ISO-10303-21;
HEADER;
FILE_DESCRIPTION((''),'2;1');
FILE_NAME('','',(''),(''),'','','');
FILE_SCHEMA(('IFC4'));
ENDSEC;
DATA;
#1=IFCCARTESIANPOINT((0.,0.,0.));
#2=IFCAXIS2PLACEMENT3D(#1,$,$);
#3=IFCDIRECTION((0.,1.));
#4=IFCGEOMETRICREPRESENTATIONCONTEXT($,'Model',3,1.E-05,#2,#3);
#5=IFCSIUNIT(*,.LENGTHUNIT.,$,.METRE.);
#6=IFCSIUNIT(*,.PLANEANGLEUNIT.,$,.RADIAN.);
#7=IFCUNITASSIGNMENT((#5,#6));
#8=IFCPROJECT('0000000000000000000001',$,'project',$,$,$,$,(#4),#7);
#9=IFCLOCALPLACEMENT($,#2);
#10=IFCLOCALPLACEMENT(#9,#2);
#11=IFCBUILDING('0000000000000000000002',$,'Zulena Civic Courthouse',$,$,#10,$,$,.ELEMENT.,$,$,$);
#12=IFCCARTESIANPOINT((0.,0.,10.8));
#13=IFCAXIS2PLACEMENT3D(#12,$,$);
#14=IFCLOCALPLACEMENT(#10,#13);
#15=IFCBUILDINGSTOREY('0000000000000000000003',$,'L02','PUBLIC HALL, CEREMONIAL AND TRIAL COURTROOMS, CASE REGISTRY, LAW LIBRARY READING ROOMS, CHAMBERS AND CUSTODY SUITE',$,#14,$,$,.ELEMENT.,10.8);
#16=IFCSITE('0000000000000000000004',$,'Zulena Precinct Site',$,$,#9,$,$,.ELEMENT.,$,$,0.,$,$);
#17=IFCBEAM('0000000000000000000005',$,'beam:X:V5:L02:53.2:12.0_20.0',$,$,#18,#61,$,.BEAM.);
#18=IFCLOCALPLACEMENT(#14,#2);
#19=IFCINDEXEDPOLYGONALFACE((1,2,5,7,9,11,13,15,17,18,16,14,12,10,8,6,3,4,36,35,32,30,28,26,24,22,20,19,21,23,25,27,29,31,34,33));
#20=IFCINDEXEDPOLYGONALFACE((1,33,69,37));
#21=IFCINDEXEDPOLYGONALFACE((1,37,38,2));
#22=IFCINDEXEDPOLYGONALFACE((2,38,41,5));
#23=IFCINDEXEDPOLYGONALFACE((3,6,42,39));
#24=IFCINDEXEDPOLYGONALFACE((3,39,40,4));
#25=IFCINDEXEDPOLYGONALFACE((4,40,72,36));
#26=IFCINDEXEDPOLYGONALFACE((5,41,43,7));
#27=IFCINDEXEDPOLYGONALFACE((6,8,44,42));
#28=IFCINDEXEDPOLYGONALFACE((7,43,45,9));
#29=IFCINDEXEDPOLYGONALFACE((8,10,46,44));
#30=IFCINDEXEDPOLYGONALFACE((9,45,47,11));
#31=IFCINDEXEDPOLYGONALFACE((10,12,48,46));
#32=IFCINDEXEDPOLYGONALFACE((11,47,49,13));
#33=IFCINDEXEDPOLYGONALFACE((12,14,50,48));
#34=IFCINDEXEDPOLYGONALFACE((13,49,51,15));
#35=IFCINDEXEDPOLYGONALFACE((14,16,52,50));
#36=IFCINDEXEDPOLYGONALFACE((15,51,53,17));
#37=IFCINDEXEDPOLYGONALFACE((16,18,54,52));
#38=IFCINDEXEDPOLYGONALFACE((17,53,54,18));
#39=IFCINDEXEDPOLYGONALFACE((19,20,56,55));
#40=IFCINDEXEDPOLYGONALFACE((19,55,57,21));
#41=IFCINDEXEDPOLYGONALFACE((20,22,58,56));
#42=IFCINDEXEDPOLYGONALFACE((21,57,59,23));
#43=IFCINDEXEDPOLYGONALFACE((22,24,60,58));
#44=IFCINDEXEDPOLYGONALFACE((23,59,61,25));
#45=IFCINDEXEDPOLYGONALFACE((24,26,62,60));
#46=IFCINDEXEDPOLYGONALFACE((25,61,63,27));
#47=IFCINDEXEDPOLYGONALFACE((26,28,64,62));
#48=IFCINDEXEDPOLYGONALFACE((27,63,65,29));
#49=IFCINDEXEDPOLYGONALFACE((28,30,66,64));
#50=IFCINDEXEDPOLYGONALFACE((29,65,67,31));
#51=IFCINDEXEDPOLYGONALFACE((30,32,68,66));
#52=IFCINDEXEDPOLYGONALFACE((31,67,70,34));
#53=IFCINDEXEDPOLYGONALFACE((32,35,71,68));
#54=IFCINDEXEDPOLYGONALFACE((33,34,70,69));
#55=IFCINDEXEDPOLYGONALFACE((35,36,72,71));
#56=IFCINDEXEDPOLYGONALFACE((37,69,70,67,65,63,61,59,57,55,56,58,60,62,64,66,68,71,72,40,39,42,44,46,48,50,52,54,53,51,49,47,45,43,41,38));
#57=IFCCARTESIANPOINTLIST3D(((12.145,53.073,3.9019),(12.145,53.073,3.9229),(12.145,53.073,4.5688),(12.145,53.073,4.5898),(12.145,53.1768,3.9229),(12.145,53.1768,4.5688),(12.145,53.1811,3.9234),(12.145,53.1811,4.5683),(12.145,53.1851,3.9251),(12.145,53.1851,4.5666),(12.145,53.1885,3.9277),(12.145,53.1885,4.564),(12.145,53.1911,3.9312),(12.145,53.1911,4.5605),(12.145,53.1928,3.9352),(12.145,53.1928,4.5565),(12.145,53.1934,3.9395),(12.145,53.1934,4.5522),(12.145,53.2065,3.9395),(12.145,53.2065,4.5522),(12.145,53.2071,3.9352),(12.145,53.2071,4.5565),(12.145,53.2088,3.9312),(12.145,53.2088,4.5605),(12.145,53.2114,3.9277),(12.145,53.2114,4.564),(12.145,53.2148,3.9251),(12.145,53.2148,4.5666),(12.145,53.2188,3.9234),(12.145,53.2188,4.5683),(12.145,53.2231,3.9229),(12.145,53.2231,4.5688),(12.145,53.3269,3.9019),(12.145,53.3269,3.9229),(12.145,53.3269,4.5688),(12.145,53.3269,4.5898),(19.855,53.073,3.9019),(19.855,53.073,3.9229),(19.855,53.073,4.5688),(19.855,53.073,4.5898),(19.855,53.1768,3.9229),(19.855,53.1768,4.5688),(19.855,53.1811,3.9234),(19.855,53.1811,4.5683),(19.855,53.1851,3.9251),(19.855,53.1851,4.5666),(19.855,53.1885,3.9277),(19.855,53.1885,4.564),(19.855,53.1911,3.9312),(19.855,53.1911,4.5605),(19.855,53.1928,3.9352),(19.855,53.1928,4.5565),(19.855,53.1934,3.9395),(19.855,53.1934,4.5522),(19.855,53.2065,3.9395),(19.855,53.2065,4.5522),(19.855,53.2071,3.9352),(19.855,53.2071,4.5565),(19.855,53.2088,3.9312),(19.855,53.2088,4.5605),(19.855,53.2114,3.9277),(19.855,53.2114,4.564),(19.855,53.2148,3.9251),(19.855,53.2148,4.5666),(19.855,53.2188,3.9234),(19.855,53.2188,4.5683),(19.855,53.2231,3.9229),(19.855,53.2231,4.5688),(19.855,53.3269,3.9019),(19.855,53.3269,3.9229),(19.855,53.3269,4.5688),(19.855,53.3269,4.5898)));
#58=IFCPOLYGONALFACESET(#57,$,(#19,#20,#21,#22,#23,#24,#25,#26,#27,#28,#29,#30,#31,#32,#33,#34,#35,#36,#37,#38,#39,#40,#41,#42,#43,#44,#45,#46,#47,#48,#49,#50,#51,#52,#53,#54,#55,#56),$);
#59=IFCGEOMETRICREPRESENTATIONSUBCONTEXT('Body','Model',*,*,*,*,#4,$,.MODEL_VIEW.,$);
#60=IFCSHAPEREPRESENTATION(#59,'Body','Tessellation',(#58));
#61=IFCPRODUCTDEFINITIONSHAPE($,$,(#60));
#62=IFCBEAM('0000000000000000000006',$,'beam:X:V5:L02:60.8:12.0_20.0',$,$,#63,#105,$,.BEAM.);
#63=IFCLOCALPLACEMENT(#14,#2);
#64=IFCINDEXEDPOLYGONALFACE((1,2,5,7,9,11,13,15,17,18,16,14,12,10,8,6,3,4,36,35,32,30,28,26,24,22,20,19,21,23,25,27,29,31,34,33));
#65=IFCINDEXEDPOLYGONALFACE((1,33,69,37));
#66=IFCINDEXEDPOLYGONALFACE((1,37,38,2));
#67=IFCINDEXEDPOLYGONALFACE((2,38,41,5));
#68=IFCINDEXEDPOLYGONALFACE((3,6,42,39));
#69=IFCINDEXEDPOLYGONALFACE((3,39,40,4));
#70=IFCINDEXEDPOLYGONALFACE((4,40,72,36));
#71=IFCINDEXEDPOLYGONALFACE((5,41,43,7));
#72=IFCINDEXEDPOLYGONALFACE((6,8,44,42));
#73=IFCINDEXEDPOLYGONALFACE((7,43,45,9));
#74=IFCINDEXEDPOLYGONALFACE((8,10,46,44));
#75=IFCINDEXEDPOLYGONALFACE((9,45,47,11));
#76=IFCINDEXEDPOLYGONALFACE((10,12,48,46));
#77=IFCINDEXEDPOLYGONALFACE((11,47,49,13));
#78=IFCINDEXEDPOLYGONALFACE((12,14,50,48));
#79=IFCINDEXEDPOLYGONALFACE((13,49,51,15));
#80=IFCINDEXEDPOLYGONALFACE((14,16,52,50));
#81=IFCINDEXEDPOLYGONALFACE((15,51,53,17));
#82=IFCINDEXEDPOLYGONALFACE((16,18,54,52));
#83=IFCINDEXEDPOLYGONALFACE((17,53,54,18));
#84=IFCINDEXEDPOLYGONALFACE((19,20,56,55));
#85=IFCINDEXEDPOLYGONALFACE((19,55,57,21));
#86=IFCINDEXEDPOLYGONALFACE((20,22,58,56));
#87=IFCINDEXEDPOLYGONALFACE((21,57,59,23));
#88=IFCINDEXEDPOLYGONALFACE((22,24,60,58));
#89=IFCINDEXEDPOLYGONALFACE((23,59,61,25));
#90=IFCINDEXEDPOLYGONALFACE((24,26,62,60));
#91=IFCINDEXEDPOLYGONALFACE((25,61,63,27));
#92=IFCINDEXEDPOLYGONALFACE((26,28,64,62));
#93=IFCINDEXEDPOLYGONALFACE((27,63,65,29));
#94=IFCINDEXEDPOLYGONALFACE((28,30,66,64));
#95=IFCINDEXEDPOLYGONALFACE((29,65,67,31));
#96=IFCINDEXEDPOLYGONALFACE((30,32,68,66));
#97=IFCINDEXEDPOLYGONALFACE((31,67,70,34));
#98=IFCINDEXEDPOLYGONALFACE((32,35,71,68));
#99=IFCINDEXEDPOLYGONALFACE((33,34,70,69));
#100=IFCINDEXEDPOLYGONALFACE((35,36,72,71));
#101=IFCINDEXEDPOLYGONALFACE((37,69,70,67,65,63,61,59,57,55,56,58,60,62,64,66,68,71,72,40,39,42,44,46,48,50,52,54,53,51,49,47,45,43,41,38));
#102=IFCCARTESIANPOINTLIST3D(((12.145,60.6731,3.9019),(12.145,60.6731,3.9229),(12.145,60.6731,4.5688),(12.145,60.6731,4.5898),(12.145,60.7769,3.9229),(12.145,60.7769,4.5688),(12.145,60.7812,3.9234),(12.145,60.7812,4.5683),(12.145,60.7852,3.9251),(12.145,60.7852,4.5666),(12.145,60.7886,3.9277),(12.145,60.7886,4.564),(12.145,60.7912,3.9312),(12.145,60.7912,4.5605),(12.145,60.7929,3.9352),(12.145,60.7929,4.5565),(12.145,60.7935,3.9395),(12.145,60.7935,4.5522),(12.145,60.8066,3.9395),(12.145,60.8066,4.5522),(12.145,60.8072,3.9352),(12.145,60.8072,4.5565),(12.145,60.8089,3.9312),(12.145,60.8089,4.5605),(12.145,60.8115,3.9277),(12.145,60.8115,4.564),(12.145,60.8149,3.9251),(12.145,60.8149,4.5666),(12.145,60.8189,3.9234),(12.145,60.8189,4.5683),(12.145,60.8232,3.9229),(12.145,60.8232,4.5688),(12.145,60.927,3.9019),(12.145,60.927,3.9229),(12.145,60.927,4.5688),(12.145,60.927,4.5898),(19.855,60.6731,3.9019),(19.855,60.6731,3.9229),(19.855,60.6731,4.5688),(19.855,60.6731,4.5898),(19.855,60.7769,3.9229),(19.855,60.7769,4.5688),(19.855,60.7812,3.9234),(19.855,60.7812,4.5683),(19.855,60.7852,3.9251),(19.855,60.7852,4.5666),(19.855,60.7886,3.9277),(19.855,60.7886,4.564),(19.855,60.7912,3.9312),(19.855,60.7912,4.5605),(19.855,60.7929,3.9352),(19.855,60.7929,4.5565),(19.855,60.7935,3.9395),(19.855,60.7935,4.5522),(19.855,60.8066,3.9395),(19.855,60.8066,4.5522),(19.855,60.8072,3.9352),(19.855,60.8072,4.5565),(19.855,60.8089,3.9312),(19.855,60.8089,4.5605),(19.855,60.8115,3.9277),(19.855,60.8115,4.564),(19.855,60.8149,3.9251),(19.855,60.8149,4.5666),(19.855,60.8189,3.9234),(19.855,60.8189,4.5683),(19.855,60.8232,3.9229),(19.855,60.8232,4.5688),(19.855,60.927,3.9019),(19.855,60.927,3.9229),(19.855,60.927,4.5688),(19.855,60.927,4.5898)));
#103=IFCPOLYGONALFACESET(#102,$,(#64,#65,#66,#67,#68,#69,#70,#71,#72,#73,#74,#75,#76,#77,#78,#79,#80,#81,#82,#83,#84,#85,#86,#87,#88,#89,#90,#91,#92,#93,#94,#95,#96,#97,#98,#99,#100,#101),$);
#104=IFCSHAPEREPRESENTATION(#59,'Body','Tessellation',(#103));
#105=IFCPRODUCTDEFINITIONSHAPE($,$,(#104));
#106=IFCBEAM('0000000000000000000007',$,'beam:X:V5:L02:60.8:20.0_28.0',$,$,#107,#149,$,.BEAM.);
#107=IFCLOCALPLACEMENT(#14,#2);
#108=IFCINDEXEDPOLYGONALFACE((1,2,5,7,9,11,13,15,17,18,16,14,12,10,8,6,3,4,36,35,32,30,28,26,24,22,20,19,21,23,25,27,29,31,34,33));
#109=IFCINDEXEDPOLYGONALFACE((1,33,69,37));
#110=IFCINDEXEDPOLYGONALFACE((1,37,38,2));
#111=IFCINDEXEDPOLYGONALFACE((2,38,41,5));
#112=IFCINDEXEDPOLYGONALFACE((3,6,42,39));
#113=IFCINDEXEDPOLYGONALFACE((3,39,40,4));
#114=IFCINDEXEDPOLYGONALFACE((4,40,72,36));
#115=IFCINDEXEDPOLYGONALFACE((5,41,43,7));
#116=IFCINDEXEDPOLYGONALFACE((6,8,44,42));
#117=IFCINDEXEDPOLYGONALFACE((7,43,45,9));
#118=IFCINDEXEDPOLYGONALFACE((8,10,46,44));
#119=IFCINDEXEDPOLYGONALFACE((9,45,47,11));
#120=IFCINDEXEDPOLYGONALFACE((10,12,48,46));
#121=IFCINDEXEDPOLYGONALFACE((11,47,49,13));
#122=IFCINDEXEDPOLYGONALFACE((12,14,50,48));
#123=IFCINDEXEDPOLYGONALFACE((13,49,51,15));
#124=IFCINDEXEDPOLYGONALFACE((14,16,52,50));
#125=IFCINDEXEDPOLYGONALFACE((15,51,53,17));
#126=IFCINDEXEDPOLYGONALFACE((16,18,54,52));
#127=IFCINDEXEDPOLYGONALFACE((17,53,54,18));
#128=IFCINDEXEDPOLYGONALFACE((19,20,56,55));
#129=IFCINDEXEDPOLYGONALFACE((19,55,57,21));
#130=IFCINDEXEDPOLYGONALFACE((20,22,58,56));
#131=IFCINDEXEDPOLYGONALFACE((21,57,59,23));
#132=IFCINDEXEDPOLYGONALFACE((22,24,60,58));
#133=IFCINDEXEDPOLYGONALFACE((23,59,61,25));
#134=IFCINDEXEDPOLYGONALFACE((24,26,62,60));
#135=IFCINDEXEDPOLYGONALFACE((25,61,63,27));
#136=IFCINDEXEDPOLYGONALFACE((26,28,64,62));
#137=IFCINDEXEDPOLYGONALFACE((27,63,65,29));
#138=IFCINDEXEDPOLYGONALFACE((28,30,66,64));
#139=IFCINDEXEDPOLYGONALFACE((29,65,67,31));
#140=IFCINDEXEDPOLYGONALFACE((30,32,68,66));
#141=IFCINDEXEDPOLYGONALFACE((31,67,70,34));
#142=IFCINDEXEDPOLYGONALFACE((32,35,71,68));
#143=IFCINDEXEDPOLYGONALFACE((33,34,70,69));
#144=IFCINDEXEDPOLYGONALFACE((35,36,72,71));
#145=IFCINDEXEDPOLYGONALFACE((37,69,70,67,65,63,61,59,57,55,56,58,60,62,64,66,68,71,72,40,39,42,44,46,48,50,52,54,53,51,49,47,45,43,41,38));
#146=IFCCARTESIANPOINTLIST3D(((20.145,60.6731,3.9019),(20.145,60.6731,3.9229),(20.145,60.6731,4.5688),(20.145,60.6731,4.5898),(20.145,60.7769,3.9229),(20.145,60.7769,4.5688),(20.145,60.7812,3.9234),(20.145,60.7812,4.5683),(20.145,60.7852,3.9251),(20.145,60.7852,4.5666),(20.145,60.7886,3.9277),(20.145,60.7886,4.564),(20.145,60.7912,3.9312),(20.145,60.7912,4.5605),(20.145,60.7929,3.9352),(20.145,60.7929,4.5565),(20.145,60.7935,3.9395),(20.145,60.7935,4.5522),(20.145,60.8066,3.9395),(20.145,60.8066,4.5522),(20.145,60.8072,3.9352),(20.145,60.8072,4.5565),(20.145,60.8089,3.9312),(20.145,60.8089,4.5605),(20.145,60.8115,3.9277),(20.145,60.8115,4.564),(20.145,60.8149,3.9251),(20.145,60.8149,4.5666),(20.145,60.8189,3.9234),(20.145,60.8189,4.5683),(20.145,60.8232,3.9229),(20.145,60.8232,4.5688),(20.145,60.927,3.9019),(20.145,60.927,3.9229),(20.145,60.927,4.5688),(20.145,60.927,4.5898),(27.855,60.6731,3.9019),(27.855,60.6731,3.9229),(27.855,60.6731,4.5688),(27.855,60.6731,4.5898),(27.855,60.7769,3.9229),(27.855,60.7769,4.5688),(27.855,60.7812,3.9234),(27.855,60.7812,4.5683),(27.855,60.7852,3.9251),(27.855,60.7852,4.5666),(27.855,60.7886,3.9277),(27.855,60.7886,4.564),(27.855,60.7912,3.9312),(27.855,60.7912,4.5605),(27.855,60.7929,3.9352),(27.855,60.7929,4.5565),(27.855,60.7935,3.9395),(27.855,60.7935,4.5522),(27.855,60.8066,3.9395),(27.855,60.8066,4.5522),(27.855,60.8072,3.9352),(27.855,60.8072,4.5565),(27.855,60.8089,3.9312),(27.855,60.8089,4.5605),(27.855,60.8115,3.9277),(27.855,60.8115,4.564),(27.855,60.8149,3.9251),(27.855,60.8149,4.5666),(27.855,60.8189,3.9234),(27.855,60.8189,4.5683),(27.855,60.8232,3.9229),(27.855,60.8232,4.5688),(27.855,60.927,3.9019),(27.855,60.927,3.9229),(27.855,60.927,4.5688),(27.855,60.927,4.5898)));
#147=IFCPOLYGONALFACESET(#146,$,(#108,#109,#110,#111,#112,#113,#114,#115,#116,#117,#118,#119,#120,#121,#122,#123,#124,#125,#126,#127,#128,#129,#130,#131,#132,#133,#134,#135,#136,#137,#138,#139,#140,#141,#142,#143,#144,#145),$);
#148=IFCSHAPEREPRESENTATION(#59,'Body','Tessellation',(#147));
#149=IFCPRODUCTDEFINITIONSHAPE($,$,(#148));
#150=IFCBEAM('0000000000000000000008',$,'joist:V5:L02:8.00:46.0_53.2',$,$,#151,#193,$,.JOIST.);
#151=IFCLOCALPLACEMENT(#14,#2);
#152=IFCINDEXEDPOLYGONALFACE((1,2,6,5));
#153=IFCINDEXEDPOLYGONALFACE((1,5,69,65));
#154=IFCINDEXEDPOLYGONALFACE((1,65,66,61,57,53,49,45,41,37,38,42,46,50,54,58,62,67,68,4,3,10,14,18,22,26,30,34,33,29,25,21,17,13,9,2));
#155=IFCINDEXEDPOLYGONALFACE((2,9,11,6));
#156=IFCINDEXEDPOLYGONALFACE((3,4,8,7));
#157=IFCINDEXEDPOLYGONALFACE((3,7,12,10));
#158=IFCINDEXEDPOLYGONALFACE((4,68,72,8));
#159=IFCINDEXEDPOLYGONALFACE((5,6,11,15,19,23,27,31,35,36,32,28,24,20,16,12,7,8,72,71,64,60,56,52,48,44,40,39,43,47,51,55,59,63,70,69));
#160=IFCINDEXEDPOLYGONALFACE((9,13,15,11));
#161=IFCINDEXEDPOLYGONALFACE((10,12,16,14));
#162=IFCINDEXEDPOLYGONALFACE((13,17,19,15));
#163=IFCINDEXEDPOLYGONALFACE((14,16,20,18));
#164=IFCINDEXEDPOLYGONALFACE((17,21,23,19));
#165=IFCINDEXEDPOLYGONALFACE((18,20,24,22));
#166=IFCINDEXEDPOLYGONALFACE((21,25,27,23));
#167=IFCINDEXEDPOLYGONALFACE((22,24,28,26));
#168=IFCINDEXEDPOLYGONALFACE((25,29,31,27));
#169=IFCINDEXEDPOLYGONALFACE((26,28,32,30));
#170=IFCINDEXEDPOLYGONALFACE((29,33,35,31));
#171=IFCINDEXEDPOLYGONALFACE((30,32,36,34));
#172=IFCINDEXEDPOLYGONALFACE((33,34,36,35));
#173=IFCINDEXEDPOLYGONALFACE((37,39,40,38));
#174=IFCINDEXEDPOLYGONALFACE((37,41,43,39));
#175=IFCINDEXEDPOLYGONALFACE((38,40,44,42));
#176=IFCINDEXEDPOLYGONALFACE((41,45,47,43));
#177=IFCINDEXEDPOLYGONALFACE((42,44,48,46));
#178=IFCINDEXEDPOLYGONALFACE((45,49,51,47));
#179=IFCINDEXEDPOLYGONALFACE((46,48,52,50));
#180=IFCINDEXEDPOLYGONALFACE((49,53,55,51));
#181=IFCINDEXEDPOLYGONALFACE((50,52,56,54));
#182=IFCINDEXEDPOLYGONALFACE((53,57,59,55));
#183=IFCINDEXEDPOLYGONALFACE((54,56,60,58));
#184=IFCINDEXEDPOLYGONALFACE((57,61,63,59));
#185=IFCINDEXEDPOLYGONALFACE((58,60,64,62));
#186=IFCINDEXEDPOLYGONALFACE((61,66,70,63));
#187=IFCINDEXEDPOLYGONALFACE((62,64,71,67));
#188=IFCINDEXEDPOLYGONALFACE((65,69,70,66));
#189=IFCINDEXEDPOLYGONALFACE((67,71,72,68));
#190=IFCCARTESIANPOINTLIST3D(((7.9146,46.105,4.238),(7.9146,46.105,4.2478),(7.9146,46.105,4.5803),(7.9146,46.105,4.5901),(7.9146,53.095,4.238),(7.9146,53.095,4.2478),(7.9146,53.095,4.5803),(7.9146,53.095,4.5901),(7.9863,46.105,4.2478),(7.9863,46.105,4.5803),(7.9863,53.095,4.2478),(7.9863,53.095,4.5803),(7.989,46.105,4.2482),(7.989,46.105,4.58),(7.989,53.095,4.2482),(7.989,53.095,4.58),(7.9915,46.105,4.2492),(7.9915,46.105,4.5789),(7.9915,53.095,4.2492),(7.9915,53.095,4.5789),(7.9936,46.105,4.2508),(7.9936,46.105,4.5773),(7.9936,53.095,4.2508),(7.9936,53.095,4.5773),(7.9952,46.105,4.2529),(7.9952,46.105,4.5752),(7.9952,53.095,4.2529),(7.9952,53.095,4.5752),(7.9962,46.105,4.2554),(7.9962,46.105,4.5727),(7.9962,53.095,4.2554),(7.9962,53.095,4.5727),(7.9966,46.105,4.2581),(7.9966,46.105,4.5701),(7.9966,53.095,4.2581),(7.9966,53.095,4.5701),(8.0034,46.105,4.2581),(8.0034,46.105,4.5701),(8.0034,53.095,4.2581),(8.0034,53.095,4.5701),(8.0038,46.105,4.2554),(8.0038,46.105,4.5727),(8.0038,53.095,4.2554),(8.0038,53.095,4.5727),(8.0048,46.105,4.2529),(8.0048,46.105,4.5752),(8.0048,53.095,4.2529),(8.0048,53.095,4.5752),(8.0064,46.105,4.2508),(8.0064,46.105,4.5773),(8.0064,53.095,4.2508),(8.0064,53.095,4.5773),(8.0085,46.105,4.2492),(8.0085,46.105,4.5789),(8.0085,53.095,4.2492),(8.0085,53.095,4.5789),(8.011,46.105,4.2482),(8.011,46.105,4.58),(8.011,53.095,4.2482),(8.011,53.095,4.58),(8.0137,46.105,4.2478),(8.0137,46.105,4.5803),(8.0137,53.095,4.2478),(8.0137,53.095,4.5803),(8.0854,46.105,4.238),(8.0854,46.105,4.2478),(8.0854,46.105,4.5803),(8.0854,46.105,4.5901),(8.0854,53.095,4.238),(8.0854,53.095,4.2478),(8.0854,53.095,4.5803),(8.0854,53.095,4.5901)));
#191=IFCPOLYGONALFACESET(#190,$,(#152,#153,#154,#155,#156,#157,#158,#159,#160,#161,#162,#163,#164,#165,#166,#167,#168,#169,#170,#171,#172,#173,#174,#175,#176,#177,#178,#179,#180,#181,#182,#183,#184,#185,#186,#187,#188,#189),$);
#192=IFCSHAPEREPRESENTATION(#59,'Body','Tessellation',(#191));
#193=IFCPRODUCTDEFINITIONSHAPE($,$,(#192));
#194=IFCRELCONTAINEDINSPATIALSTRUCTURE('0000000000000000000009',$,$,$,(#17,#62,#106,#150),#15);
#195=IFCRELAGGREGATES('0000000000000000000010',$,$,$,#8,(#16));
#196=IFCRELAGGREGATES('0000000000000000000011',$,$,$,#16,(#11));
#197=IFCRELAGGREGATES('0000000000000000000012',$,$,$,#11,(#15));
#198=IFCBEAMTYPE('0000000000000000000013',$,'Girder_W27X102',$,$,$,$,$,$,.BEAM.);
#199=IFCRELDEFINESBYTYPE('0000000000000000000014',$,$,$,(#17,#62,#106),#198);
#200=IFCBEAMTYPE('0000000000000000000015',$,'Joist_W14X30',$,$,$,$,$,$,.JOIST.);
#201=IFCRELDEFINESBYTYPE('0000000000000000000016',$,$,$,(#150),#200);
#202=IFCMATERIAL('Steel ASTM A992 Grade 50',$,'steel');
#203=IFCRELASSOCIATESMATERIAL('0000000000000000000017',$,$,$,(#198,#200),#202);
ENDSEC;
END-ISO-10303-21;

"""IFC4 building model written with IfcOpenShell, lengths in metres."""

from ifc_helpers import new_model, si_unit, direction, frame, origin, origin_2d, place, context, subcontext, project, spatial, i_section, extrude, material, material_profile, profile_set, type_object, element, save


model = new_model("IFC4")

# Units and contexts
model_context = context("Model", 3, precision=1e-05, world=origin(), true_north=direction((0.0, 1.0)))
body_context = subcontext(model_context, "Body", "Model", "MODEL_VIEW")
ifc_project = project(units=[si_unit("LENGTHUNIT", "METRE"), si_unit("PLANEANGLEUNIT", "RADIAN")], contexts=[model_context])

# Site, building, storey
site_placement = place(None, origin())
site = spatial("IfcSite", under=ifc_project, at=site_placement, Name="Zulena Precinct Site", CompositionType="ELEMENT", RefElevation=0.0)
building_placement = place(site_placement, origin())
building = spatial("IfcBuilding", under=site, at=building_placement, Name="Zulena Civic Courthouse", CompositionType="ELEMENT")
storey_placement = place(building_placement, frame((0.0, 0.0, 10.8)))
storey = spatial("IfcBuildingStorey", under=building, at=storey_placement, Name="L02", Description="PUBLIC HALL, CEREMONIAL AND TRIAL COURTROOMS, CASE REGISTRY, LAW LIBRARY READING ROOMS, CHAMBERS AND CUSTODY SUITE", CompositionType="ELEMENT", Elevation=10.8)

# Shared definitions
ifc_material_1 = material(Name="Steel ASTM A992 Grade 50", Category="steel")

# Beams
ifc_material_profile_1 = material_profile(ifc_material_1, i_section(OverallWidth=0.2539, OverallDepth=0.688, WebThickness=0.0132, FlangeThickness=0.021, FilletRadius=0.0166, at=origin_2d()), Name="W27X102")
ifc_profile_set_1 = profile_set([ifc_material_profile_1], Name="Steel ASTM A992 Grade 50")
beam_type_1 = type_object("IfcBeamType", Name="Girder_W27X102", PredefinedType="BEAM", material=ifc_profile_set_1)
for number, where, z_axis, x_axis, name in (
    (1, (12.145, 53.2, 4.2458), (1.0, 0.0, 0.0), (0.0, 1.0, 0.0), "beam:X:V5:L02:53.2:12.0_20.0"),
    (2, (12.145, 60.8, 4.2458), (1.0, 0.0, 0.0), (0.0, 1.0, 0.0), "beam:X:V5:L02:60.8:12.0_20.0"),
    (3, (20.145, 60.8, 4.2458), (1.0, 0.0, 0.0), (0.0, 1.0, 0.0), "beam:X:V5:L02:60.8:20.0_28.0"),
):
    element("IfcBeam", number, at=place(storey_placement, frame(where, z_axis=z_axis, x_axis=x_axis)), inside=storey, type_object=beam_type_1, Name=name, PredefinedType="BEAM", context=body_context, shape_type="SweptSolid", body=[
        extrude(i_section(OverallWidth=0.2539, OverallDepth=0.688, WebThickness=0.0132, FlangeThickness=0.021, FilletRadius=0.0166, at=origin_2d()), origin(), (0.0, 0.0, 1.0), 7.71),
    ])
ifc_material_profile_2 = material_profile(ifc_material_1, i_section(OverallWidth=0.1709, OverallDepth=0.3521, WebThickness=0.0068, FlangeThickness=0.0098, FilletRadius=0.0103, at=origin_2d()), Name="W14X30")
ifc_profile_set_2 = profile_set([ifc_material_profile_2], Name="Steel ASTM A992 Grade 50")
beam_type_2 = type_object("IfcBeamType", Name="Joist_W14X30", PredefinedType="JOIST", material=ifc_profile_set_2)
beam_1_placement = place(storey_placement, frame((8.0, 46.105, 4.4141), z_axis=(0.0, 1.0, 0.0), x_axis=(-1.0, 0.0, 0.0)))
element("IfcBeam", 4, at=beam_1_placement, inside=storey, type_object=beam_type_2, Name="joist:V5:L02:8.00:46.0_53.2", PredefinedType="JOIST", context=body_context, shape_type="SweptSolid", body=[
    extrude(i_section(OverallWidth=0.1709, OverallDepth=0.3521, WebThickness=0.0068, FlangeThickness=0.0098, FilletRadius=0.0103, at=origin_2d()), origin(), (0.0, 0.0, 1.0), 6.99),
])

save(model, "model.ifc")
